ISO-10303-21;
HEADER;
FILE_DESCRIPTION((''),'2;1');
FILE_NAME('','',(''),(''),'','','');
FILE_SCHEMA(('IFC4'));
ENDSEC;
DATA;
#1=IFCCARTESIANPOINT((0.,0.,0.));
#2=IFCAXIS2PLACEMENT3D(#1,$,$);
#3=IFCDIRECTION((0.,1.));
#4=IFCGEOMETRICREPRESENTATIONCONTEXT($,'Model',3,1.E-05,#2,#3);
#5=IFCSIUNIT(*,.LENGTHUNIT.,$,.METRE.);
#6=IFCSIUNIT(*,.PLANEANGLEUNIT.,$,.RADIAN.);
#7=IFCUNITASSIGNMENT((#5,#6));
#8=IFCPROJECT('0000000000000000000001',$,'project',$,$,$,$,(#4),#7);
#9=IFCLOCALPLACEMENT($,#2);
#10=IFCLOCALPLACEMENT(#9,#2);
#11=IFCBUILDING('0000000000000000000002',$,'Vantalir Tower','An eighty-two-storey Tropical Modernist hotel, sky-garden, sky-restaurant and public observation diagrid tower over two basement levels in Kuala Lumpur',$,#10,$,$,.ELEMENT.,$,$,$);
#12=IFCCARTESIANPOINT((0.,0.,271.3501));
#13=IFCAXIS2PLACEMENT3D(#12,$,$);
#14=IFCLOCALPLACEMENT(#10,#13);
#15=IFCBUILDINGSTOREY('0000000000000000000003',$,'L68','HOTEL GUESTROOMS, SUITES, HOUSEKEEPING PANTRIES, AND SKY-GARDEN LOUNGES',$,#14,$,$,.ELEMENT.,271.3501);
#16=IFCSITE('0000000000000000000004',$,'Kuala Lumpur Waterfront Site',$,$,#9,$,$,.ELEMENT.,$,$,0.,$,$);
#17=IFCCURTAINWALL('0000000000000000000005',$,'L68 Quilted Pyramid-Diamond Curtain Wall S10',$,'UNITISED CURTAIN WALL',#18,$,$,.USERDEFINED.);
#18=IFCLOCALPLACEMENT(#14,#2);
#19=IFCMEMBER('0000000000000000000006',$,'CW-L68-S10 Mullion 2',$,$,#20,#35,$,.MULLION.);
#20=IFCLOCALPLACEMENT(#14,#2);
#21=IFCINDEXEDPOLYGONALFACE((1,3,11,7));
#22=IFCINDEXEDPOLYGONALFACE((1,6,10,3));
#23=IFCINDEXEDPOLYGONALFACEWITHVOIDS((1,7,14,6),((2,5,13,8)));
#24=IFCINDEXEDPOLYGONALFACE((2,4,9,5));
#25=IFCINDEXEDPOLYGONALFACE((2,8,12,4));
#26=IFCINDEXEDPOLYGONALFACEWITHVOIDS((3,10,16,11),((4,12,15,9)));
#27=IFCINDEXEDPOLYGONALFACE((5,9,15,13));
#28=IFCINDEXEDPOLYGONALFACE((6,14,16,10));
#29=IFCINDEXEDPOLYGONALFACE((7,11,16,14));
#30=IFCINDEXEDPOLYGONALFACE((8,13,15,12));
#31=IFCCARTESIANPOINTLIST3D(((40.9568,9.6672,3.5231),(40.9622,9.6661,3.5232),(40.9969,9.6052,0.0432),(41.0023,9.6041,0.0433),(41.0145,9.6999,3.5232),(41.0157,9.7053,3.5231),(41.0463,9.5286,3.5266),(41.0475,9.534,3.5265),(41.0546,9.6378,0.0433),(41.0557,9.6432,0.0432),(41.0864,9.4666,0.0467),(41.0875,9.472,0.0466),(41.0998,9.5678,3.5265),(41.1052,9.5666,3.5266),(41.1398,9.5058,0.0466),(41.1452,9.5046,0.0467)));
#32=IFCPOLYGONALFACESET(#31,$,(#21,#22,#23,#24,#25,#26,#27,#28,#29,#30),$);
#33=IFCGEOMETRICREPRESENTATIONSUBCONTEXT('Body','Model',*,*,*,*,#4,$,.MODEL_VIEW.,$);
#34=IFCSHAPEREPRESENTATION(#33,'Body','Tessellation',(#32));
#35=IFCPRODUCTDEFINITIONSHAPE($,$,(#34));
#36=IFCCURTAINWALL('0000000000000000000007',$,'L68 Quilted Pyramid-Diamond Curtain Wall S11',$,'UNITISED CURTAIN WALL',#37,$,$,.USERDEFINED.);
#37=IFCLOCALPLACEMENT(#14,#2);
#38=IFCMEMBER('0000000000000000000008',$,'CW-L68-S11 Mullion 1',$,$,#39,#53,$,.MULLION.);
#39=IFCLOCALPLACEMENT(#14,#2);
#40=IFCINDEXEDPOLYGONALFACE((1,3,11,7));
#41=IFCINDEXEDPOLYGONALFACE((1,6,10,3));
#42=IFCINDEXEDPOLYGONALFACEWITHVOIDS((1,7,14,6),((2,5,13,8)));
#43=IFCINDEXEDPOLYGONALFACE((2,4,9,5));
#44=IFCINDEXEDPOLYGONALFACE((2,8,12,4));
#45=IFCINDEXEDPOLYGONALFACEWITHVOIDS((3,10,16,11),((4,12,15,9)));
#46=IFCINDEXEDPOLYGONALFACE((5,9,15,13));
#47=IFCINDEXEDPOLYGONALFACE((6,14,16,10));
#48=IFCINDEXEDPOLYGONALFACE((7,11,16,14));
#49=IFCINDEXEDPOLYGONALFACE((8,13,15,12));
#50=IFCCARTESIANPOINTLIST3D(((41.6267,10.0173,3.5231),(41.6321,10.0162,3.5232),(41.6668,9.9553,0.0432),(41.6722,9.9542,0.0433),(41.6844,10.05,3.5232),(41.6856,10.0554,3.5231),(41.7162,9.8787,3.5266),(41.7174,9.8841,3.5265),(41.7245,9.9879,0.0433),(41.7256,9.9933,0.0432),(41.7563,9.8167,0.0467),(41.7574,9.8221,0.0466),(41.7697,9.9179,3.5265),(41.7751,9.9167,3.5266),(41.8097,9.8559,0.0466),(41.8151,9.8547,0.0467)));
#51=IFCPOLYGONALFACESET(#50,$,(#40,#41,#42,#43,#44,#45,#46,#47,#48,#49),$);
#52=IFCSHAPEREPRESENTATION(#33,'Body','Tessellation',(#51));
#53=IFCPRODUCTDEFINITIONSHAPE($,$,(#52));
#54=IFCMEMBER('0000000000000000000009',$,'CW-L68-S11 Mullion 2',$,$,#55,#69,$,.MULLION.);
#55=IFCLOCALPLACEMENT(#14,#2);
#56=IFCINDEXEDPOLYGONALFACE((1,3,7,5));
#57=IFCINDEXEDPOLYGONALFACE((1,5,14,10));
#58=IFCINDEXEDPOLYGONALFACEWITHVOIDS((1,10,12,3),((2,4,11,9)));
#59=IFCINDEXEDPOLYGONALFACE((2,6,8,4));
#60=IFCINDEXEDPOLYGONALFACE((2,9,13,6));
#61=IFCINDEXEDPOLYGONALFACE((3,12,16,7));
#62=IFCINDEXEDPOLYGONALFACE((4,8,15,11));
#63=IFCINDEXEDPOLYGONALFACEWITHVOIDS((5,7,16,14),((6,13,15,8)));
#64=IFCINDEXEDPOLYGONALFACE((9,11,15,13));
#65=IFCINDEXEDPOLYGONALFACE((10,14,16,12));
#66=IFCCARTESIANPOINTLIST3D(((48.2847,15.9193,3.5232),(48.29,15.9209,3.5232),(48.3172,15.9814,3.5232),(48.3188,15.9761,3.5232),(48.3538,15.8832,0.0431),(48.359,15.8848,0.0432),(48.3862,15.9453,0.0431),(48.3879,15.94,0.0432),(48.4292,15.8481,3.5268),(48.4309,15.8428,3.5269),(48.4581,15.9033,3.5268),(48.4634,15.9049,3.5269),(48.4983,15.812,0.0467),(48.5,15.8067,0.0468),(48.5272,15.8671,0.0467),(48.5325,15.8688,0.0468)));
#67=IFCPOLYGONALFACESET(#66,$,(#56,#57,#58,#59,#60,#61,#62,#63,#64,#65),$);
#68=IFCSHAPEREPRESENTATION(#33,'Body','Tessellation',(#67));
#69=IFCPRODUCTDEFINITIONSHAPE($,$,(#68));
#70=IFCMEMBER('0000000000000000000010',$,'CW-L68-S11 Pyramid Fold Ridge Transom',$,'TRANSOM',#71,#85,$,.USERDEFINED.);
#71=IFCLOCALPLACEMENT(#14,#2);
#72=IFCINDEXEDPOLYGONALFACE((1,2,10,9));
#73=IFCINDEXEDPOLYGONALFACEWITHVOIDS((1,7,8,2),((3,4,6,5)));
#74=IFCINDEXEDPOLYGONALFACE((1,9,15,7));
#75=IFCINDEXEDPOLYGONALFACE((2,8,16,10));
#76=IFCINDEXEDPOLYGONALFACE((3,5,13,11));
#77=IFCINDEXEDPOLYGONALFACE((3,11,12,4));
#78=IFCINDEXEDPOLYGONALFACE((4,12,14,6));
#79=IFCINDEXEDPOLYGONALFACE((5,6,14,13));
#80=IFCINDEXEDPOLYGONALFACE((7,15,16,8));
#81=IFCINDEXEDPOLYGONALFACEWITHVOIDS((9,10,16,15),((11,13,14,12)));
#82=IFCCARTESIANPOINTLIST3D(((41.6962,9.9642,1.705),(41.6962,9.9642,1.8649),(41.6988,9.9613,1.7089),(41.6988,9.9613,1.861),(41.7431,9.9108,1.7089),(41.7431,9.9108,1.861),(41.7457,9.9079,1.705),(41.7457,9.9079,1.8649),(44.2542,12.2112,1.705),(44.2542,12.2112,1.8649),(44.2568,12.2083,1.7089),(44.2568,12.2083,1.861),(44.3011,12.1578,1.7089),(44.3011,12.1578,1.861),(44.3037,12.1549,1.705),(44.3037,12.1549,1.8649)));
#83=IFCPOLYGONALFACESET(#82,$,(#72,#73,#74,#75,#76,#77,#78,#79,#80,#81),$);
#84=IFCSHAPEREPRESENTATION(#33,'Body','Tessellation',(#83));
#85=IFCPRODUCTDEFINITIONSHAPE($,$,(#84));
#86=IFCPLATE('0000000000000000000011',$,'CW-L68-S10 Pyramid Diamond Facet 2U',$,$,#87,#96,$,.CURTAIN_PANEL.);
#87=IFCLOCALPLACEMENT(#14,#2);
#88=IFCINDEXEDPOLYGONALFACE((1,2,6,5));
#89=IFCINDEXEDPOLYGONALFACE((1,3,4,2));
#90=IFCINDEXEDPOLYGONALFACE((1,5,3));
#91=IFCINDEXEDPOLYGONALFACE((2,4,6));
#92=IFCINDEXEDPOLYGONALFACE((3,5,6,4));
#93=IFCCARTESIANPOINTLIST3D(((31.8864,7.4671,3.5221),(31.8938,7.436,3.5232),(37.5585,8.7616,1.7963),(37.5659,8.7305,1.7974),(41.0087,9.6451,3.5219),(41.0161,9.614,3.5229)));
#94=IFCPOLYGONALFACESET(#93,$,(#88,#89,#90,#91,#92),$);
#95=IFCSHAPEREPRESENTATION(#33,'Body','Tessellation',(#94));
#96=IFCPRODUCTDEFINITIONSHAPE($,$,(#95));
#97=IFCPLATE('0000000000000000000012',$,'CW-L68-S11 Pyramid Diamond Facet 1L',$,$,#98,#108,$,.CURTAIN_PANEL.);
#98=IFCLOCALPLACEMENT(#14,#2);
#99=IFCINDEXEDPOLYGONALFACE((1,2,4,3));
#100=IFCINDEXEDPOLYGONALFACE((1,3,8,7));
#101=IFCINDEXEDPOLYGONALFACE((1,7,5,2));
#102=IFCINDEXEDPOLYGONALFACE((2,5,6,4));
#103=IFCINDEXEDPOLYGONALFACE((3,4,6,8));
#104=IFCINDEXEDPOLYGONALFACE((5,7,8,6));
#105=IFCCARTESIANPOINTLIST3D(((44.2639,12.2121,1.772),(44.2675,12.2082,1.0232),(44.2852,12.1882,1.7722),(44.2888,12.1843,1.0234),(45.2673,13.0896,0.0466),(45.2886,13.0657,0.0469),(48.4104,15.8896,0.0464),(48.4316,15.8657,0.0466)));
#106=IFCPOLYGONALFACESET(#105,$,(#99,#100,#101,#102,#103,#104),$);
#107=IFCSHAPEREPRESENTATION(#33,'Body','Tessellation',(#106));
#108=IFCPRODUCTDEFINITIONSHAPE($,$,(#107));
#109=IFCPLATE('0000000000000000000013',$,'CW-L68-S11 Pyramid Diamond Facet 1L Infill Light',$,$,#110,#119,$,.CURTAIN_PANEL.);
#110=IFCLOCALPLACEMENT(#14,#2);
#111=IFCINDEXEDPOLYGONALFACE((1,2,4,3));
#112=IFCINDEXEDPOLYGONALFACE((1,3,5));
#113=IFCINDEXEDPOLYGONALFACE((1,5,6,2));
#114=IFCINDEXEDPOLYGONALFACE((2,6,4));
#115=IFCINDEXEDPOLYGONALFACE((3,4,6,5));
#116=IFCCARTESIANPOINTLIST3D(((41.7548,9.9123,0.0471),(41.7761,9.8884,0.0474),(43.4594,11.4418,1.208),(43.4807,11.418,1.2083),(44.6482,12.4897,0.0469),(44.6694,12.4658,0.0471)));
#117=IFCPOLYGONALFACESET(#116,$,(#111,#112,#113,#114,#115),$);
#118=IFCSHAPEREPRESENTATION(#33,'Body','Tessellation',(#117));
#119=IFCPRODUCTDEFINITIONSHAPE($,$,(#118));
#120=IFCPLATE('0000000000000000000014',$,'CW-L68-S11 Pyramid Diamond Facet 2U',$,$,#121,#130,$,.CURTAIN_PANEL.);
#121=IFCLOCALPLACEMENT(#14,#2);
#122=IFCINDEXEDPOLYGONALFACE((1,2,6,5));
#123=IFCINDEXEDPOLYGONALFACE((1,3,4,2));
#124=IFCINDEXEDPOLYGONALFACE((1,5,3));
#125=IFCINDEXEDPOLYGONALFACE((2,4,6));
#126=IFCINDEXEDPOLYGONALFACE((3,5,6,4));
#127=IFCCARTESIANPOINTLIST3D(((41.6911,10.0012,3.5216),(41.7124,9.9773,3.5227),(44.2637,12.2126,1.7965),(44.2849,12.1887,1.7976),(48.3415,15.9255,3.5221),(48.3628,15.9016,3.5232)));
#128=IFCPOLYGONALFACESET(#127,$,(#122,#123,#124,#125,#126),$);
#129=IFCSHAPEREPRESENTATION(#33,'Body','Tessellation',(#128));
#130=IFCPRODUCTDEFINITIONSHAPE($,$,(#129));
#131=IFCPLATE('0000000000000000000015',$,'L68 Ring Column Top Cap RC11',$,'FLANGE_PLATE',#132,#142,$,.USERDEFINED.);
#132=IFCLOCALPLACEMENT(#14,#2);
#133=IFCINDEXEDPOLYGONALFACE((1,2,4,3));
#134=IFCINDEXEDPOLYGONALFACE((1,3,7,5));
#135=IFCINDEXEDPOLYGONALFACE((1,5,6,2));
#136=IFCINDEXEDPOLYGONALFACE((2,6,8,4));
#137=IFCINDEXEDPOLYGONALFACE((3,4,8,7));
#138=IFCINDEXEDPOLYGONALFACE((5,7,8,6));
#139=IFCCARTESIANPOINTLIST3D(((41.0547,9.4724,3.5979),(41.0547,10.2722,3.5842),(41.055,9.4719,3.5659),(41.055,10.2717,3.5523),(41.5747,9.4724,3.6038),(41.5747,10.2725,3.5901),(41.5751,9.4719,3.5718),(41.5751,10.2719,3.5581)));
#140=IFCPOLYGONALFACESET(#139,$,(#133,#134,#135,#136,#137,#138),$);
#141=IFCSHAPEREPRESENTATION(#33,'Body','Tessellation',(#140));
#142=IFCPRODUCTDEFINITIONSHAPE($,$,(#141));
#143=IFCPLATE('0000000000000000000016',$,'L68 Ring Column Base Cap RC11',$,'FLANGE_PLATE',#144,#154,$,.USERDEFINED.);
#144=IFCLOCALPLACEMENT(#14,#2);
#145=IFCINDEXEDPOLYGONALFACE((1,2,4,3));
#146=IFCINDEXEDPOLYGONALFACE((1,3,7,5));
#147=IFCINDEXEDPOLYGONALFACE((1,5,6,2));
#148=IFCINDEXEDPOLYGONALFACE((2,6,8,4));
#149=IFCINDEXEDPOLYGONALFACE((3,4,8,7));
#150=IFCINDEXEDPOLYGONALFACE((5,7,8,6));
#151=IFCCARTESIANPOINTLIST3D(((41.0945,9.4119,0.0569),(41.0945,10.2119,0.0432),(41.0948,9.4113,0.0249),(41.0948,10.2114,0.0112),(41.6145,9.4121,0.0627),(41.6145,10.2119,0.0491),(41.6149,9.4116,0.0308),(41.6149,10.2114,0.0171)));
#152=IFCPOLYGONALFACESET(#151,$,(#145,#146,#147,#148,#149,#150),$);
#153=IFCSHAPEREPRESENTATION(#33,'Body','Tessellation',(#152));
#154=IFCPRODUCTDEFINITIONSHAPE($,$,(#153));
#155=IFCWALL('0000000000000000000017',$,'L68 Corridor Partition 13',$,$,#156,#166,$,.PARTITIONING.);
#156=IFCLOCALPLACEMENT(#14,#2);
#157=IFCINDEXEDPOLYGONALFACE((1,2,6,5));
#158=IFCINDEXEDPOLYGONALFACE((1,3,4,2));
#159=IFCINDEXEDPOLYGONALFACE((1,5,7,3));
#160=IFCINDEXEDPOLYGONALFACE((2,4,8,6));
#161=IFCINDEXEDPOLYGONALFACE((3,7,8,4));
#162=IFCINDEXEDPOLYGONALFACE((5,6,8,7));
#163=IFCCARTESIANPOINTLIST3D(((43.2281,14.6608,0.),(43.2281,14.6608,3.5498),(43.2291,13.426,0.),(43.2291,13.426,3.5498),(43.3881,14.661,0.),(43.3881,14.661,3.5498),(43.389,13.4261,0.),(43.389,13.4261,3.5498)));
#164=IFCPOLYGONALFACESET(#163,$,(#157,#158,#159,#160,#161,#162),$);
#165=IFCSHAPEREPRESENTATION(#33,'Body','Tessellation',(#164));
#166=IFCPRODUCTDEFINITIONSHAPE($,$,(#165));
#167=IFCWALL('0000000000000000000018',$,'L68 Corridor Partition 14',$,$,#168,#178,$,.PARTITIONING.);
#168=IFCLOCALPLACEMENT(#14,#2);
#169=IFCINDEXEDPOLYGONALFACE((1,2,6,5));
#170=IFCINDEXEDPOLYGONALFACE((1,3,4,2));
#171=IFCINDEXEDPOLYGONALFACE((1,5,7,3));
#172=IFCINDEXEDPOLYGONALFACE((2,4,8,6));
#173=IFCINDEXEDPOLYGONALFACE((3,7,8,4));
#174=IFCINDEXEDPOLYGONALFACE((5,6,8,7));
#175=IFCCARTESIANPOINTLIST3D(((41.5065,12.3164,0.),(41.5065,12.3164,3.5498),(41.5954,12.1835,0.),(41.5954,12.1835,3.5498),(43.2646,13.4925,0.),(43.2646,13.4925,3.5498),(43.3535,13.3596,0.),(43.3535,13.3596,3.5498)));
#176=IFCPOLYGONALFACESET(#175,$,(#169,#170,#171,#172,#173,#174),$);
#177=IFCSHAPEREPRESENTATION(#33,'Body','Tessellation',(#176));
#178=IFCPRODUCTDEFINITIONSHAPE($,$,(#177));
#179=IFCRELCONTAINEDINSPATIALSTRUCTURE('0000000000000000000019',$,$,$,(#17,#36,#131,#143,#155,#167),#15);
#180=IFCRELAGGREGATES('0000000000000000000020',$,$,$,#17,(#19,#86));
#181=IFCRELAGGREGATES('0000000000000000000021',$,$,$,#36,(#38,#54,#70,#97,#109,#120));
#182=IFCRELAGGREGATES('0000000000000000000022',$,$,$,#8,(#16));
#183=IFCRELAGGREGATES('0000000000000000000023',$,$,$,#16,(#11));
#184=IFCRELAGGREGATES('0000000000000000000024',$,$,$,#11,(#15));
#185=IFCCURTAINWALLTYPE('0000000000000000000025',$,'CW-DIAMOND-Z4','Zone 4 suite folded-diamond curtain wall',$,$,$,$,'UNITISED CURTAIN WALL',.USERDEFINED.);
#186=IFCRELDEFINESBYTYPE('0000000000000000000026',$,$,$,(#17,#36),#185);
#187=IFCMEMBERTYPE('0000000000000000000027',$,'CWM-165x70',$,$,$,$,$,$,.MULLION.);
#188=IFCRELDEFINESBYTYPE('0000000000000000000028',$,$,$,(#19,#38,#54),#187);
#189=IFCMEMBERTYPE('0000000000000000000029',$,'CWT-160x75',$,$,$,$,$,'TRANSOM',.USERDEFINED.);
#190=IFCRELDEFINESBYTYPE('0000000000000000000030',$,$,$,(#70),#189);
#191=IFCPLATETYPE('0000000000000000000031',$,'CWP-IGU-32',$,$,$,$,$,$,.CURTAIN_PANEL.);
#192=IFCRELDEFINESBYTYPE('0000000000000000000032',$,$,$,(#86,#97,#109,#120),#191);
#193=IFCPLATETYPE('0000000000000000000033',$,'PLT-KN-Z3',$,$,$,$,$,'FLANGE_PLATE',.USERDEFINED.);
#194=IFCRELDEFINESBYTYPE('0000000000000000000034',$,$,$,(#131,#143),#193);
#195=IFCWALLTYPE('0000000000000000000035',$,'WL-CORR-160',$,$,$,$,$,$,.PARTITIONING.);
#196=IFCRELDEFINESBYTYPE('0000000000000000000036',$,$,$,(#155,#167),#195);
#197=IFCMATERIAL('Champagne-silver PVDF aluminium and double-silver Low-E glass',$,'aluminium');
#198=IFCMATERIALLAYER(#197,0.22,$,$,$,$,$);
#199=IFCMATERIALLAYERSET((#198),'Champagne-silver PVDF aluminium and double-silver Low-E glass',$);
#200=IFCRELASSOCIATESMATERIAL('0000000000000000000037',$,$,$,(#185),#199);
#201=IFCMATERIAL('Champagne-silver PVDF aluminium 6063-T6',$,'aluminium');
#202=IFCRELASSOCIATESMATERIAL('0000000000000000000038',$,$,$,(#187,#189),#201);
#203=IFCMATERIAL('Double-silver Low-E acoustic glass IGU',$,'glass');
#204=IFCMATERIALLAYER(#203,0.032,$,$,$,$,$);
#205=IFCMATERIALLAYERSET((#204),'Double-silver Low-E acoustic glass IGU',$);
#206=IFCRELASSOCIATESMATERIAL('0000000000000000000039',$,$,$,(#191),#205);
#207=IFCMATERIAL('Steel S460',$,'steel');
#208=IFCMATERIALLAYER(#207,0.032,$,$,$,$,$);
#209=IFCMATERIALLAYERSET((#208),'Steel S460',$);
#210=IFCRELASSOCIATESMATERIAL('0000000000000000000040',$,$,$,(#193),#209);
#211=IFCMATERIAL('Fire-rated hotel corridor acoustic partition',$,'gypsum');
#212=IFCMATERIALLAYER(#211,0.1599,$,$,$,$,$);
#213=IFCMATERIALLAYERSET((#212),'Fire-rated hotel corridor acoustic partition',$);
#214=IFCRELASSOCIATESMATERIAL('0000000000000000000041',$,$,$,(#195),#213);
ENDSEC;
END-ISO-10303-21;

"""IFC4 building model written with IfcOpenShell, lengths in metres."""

from ifc_helpers import new_model, si_unit, direction, frame, frame_2d, origin, origin_2d, place, context, subcontext, project, spatial, polyline, rectangle, hollow_rectangle, outline, extrude, material, layer, layer_set, material_profile, profile_set, type_object, element, aggregate, save


model = new_model("IFC4")

# Units and contexts
model_context = context("Model", 3, precision=1e-05, world=origin(), true_north=direction((0.0, 1.0)))
body_context = subcontext(model_context, "Body", "Model", "MODEL_VIEW")
ifc_project = project(units=[si_unit("LENGTHUNIT", "METRE"), si_unit("PLANEANGLEUNIT", "RADIAN")], contexts=[model_context])

# Site, building, storey
site_placement = place(None, origin())
site = spatial("IfcSite", under=ifc_project, at=site_placement, Name="Kuala Lumpur Waterfront Site", CompositionType="ELEMENT", RefElevation=0.0)
building_placement = place(site_placement, origin())
building = spatial("IfcBuilding", under=site, at=building_placement, Name="Vantalir Tower", Description="An eighty-two-storey Tropical Modernist hotel, sky-garden, sky-restaurant and public observation diagrid tower over two basement levels in Kuala Lumpur", CompositionType="ELEMENT")
storey_placement = place(building_placement, frame((0.0, 0.0, 271.3501)))
storey = spatial("IfcBuildingStorey", under=building, at=storey_placement, Name="L68", Description="HOTEL GUESTROOMS, SUITES, HOUSEKEEPING PANTRIES, AND SKY-GARDEN LOUNGES", CompositionType="ELEMENT", Elevation=271.3501)

# Shared definitions
ifc_material_1 = material(Name="Steel S460", Category="steel")

# Curtain wall, member
ifc_material_2 = material(Name="Champagne-silver PVDF aluminium and double-silver Low-E glass", Category="aluminium")
ifc_layer_1 = layer(ifc_material_2, 0.22)
ifc_layer_set_1 = layer_set([ifc_layer_1], Name="Champagne-silver PVDF aluminium and double-silver Low-E glass")
curtain_wall_type = type_object("IfcCurtainWallType", Name="CW-DIAMOND-Z4", Description="Zone 4 suite folded-diamond curtain wall", ElementType="UNITISED CURTAIN WALL", PredefinedType="USERDEFINED", material=ifc_layer_set_1)
curtain_wall_1_placement = place(storey_placement, origin())
curtain_wall_1 = element("IfcCurtainWall", 1, at=curtain_wall_1_placement, inside=storey, type_object=curtain_wall_type, Name="L68 Quilted Pyramid-Diamond Curtain Wall S10", ObjectType="UNITISED CURTAIN WALL", PredefinedType="USERDEFINED")
ifc_material_3 = material(Name="Champagne-silver PVDF aluminium 6063-T6", Category="aluminium")
ifc_material_profile_1 = material_profile(ifc_material_3, hollow_rectangle(XDim=0.0701, YDim=0.165, WallThickness=0.0039, at=origin_2d()), Name="Champagne-silver PVDF aluminium 6063-T6")
ifc_profile_set_1 = profile_set([ifc_material_profile_1], Name="Champagne-silver PVDF aluminium 6063-T6")
member_type_1 = type_object("IfcMemberType", Name="CWM-165x70", PredefinedType="MULLION", material=ifc_profile_set_1)
member_1_placement = place(storey_placement, frame((41.071, 9.5549, 0.0449), z_axis=(-0.011503, 0.017816, 0.999775), x_axis=(-0.840102, -0.542428, 0.0)))
member_1 = element("IfcMember", 2, at=member_1_placement, type_object=member_type_1, Name="CW-L68-S10 Mullion 2", PredefinedType="MULLION", context=body_context, shape_type="SweptSolid", body=[
    extrude(hollow_rectangle(XDim=0.0701, YDim=0.165, WallThickness=0.0039, at=origin_2d()), origin(), (0.0, 0.0, 1.0), 3.4807),
])

# Curtain wall, members
curtain_wall_2_placement = place(storey_placement, origin())
curtain_wall_2 = element("IfcCurtainWall", 3, at=curtain_wall_2_placement, inside=storey, type_object=curtain_wall_type, Name="L68 Quilted Pyramid-Diamond Curtain Wall S11", ObjectType="UNITISED CURTAIN WALL", PredefinedType="USERDEFINED")
member_2_placement = place(storey_placement, frame((41.741, 9.905, 0.0449), z_axis=(-0.011503, 0.017816, 0.999775), x_axis=(-0.840102, -0.542428, 0.0)))
member_2 = element("IfcMember", 4, at=member_2_placement, type_object=member_type_1, Name="CW-L68-S11 Mullion 1", PredefinedType="MULLION", context=body_context, shape_type="SweptSolid", body=[
    extrude(hollow_rectangle(XDim=0.0701, YDim=0.165, WallThickness=0.0039, at=origin_2d()), origin(), (0.0, 0.0, 1.0), 3.4807),
])
member_3_placement = place(storey_placement, frame((48.4431, 15.876, 0.0449), z_axis=(-0.019849, 0.01038, 0.999749), x_axis=(-0.463422, -0.886138, 0.0)))
member_3 = element("IfcMember", 5, at=member_3_placement, type_object=member_type_1, Name="CW-L68-S11 Mullion 2", PredefinedType="MULLION", context=body_context, shape_type="SweptSolid", body=[
    extrude(hollow_rectangle(XDim=0.0701, YDim=0.165, WallThickness=0.0039, at=origin_2d()), origin(), (0.0, 0.0, 1.0), 3.481),
])
ifc_material_profile_2 = material_profile(ifc_material_3, hollow_rectangle(XDim=0.075, YDim=0.1599, WallThickness=0.0039, at=origin_2d()), Name="Champagne-silver PVDF aluminium 6063-T6")
ifc_profile_set_2 = profile_set([ifc_material_profile_2], Name="Champagne-silver PVDF aluminium 6063-T6")
member_type_2 = type_object("IfcMemberType", Name="CWT-160x75", ElementType="TRANSOM", PredefinedType="USERDEFINED", material=ifc_profile_set_2)
member_4_placement = place(storey_placement, frame((41.7209, 9.936, 1.7849), z_axis=(0.751305, 0.659955, 0.0), x_axis=(-0.659955, 0.751305, 0.0)))
member_4 = element("IfcMember", 6, at=member_4_placement, type_object=member_type_2, Name="CW-L68-S11 Pyramid Fold Ridge Transom", ObjectType="TRANSOM", PredefinedType="USERDEFINED", context=body_context, shape_type="SweptSolid", body=[
    extrude(hollow_rectangle(XDim=0.075, YDim=0.1599, WallThickness=0.0039, at=origin_2d()), origin(), (0.0, 0.0, 1.0), 3.4048),
])

# Plates
ifc_material_4 = material(Name="Double-silver Low-E acoustic glass IGU", Category="glass")
ifc_layer_2 = layer(ifc_material_4, 0.032)
ifc_layer_set_2 = layer_set([ifc_layer_2], Name="Double-silver Low-E acoustic glass IGU")
plate_type_1 = type_object("IfcPlateType", Name="CWP-IGU-32", PredefinedType="CURTAIN_PANEL", material=ifc_layer_set_2)
plate_1_placement = place(storey_placement, frame((41.0161, 9.614, 3.5229), z_axis=(0.232095, -0.97211, 0.033687), x_axis=(-0.972662, -0.232226, 0.000026)))
plate_1 = element("IfcPlate", 7, at=plate_1_placement, type_object=plate_type_1, Name="CW-L68-S10 Pyramid Diamond Facet 2U", PredefinedType="CURTAIN_PANEL", context=body_context, shape_type="SweptSolid", body=[
    extrude(outline(polyline([(0.0, 0.0), (9.3787, 0.0), (3.561, 1.7267), (0.0, 0.0)])), origin(), (0.0, 0.0, -1.0), 0.032),
])
aggregate(curtain_wall_1, [member_1, plate_1])
plate_2_placement = place(storey_placement, frame((45.2886, 13.0657, 0.0469), z_axis=(0.665174, -0.746655, 0.00713), x_axis=(0.746674, 0.66519, -0.000058)))
plate_2 = element("IfcPlate", 8, at=plate_2_placement, type_object=plate_type_1, Name="CW-L68-S11 Pyramid Diamond Facet 1L", PredefinedType="CURTAIN_PANEL", context=body_context, shape_type="SweptSolid", body=[
    extrude(outline(polyline([(0.0, 0.0), (4.2094, 0.0), (-1.333, 1.7253), (-1.3328, 0.9765), (0.0, 0.0)])), origin(), (0.0, 0.0, -1.0), 0.032),
])
plate_3_placement = place(storey_placement, frame((41.7761, 9.8884, 0.0474), z_axis=(0.665149, -0.746677, 0.007122), x_axis=(0.746696, 0.665165, -0.000063)))
plate_3 = element("IfcPlate", 9, at=plate_3_placement, type_object=plate_type_1, Name="CW-L68-S11 Pyramid Diamond Facet 1L Infill Light", PredefinedType="CURTAIN_PANEL", context=body_context, shape_type="SweptSolid", body=[
    extrude(outline(polyline([(0.0, 0.0), (3.8748, 0.0), (2.2901, 1.1611), (0.0, 0.0)])), origin(), (0.0, 0.0, -1.0), 0.032),
])
plate_4_placement = place(storey_placement, frame((48.3628, 15.9016, 3.5232), z_axis=(0.664768, -0.746244, 0.034699), x_axis=(-0.746692, -0.66517, -0.000055)))
plate_4 = element("IfcPlate", 10, at=plate_4_placement, type_object=plate_type_1, Name="CW-L68-S11 Pyramid Diamond Facet 2U", PredefinedType="CURTAIN_PANEL", context=body_context, shape_type="SweptSolid", body=[
    extrude(outline(polyline([(0.0, 0.0), (8.9065, 0.0), (5.5147, 1.7263), (0.0, 0.0)])), origin(), (0.0, 0.0, -1.0), 0.032),
])
aggregate(curtain_wall_2, [member_2, member_3, member_4, plate_2, plate_3, plate_4])

# Plates
ifc_layer_3 = layer(ifc_material_1, 0.032)
ifc_layer_set_3 = layer_set([ifc_layer_3], Name="Steel S460")
plate_type_2 = type_object("IfcPlateType", Name="PLT-KN-Z3", ElementType="FLANGE_PLATE", PredefinedType="USERDEFINED", material=ifc_layer_set_3)
plate_5_placement = place(storey_placement, frame((41.0547, 10.2722, 3.5842), z_axis=(-0.011269, 0.017088, 0.99979), x_axis=(0.0, -0.999854, 0.017089)))
element("IfcPlate", 11, at=plate_5_placement, inside=storey, type_object=plate_type_2, Name="L68 Ring Column Top Cap RC11", ObjectType="FLANGE_PLATE", PredefinedType="USERDEFINED", context=body_context, shape_type="SweptSolid", body=[
    extrude(outline(polyline([(0.0, 0.0), (0.7999, 0.0), (0.8, 0.5201), (-0.0001, 0.5201), (0.0, 0.0)])), origin(), (0.0, 0.0, -1.0), 0.032),
])
plate_6_placement = place(storey_placement, frame((41.0945, 10.2119, 0.0432), z_axis=(-0.011269, 0.017088, 0.99979), x_axis=(0.0, -0.999854, 0.017089)))
element("IfcPlate", 12, at=plate_6_placement, inside=storey, type_object=plate_type_2, Name="L68 Ring Column Base Cap RC11", ObjectType="FLANGE_PLATE", PredefinedType="USERDEFINED", context=body_context, shape_type="SweptSolid", body=[
    extrude(outline(polyline([(0.0, 0.0), (0.8002, 0.0), (0.8, 0.5201), (0.0001, 0.5201), (0.0, 0.0)])), origin(), (0.0, 0.0, -1.0), 0.032),
])

# Walls
ifc_material_5 = material(Name="Fire-rated hotel corridor acoustic partition", Category="gypsum")
ifc_layer_4 = layer(ifc_material_5, 0.1599)
ifc_layer_set_4 = layer_set([ifc_layer_4], Name="Fire-rated hotel corridor acoustic partition")
wall_type_1 = type_object("IfcWallType", Name="WL-CORR-160", PredefinedType="PARTITIONING", material=ifc_layer_set_4)
wall_1_placement = place(storey_placement, frame((43.3081, 14.6609, 0.0), z_axis=(0.0, 0.0, 1.0), x_axis=(0.000791, -1.0, 0.0)))
element("IfcWall", 13, at=wall_1_placement, inside=storey, type_object=wall_type_1, Name="L68 Corridor Partition 13", PredefinedType="PARTITIONING", context=body_context, shape_type="SweptSolid", body=[
    extrude(rectangle(XDim=1.2349, YDim=0.1599, at=frame_2d((0.6174, 0.0))), origin(), (0.0, 0.0, 1.0), 3.5498),
])
wall_2_placement = place(storey_placement, frame((43.3091, 13.426, 0.0), z_axis=(0.0, 0.0, 1.0), x_axis=(-0.831179, -0.556005, 0.0)))
element("IfcWall", 14, at=wall_2_placement, inside=storey, type_object=wall_type_1, Name="L68 Corridor Partition 14", PredefinedType="PARTITIONING", context=body_context, shape_type="SweptSolid", body=[
    extrude(rectangle(XDim=2.1152, YDim=0.1599, at=frame_2d((1.0576, 0.0))), origin(), (0.0, 0.0, 1.0), 3.5498),
])

save(model, "model.ifc")
